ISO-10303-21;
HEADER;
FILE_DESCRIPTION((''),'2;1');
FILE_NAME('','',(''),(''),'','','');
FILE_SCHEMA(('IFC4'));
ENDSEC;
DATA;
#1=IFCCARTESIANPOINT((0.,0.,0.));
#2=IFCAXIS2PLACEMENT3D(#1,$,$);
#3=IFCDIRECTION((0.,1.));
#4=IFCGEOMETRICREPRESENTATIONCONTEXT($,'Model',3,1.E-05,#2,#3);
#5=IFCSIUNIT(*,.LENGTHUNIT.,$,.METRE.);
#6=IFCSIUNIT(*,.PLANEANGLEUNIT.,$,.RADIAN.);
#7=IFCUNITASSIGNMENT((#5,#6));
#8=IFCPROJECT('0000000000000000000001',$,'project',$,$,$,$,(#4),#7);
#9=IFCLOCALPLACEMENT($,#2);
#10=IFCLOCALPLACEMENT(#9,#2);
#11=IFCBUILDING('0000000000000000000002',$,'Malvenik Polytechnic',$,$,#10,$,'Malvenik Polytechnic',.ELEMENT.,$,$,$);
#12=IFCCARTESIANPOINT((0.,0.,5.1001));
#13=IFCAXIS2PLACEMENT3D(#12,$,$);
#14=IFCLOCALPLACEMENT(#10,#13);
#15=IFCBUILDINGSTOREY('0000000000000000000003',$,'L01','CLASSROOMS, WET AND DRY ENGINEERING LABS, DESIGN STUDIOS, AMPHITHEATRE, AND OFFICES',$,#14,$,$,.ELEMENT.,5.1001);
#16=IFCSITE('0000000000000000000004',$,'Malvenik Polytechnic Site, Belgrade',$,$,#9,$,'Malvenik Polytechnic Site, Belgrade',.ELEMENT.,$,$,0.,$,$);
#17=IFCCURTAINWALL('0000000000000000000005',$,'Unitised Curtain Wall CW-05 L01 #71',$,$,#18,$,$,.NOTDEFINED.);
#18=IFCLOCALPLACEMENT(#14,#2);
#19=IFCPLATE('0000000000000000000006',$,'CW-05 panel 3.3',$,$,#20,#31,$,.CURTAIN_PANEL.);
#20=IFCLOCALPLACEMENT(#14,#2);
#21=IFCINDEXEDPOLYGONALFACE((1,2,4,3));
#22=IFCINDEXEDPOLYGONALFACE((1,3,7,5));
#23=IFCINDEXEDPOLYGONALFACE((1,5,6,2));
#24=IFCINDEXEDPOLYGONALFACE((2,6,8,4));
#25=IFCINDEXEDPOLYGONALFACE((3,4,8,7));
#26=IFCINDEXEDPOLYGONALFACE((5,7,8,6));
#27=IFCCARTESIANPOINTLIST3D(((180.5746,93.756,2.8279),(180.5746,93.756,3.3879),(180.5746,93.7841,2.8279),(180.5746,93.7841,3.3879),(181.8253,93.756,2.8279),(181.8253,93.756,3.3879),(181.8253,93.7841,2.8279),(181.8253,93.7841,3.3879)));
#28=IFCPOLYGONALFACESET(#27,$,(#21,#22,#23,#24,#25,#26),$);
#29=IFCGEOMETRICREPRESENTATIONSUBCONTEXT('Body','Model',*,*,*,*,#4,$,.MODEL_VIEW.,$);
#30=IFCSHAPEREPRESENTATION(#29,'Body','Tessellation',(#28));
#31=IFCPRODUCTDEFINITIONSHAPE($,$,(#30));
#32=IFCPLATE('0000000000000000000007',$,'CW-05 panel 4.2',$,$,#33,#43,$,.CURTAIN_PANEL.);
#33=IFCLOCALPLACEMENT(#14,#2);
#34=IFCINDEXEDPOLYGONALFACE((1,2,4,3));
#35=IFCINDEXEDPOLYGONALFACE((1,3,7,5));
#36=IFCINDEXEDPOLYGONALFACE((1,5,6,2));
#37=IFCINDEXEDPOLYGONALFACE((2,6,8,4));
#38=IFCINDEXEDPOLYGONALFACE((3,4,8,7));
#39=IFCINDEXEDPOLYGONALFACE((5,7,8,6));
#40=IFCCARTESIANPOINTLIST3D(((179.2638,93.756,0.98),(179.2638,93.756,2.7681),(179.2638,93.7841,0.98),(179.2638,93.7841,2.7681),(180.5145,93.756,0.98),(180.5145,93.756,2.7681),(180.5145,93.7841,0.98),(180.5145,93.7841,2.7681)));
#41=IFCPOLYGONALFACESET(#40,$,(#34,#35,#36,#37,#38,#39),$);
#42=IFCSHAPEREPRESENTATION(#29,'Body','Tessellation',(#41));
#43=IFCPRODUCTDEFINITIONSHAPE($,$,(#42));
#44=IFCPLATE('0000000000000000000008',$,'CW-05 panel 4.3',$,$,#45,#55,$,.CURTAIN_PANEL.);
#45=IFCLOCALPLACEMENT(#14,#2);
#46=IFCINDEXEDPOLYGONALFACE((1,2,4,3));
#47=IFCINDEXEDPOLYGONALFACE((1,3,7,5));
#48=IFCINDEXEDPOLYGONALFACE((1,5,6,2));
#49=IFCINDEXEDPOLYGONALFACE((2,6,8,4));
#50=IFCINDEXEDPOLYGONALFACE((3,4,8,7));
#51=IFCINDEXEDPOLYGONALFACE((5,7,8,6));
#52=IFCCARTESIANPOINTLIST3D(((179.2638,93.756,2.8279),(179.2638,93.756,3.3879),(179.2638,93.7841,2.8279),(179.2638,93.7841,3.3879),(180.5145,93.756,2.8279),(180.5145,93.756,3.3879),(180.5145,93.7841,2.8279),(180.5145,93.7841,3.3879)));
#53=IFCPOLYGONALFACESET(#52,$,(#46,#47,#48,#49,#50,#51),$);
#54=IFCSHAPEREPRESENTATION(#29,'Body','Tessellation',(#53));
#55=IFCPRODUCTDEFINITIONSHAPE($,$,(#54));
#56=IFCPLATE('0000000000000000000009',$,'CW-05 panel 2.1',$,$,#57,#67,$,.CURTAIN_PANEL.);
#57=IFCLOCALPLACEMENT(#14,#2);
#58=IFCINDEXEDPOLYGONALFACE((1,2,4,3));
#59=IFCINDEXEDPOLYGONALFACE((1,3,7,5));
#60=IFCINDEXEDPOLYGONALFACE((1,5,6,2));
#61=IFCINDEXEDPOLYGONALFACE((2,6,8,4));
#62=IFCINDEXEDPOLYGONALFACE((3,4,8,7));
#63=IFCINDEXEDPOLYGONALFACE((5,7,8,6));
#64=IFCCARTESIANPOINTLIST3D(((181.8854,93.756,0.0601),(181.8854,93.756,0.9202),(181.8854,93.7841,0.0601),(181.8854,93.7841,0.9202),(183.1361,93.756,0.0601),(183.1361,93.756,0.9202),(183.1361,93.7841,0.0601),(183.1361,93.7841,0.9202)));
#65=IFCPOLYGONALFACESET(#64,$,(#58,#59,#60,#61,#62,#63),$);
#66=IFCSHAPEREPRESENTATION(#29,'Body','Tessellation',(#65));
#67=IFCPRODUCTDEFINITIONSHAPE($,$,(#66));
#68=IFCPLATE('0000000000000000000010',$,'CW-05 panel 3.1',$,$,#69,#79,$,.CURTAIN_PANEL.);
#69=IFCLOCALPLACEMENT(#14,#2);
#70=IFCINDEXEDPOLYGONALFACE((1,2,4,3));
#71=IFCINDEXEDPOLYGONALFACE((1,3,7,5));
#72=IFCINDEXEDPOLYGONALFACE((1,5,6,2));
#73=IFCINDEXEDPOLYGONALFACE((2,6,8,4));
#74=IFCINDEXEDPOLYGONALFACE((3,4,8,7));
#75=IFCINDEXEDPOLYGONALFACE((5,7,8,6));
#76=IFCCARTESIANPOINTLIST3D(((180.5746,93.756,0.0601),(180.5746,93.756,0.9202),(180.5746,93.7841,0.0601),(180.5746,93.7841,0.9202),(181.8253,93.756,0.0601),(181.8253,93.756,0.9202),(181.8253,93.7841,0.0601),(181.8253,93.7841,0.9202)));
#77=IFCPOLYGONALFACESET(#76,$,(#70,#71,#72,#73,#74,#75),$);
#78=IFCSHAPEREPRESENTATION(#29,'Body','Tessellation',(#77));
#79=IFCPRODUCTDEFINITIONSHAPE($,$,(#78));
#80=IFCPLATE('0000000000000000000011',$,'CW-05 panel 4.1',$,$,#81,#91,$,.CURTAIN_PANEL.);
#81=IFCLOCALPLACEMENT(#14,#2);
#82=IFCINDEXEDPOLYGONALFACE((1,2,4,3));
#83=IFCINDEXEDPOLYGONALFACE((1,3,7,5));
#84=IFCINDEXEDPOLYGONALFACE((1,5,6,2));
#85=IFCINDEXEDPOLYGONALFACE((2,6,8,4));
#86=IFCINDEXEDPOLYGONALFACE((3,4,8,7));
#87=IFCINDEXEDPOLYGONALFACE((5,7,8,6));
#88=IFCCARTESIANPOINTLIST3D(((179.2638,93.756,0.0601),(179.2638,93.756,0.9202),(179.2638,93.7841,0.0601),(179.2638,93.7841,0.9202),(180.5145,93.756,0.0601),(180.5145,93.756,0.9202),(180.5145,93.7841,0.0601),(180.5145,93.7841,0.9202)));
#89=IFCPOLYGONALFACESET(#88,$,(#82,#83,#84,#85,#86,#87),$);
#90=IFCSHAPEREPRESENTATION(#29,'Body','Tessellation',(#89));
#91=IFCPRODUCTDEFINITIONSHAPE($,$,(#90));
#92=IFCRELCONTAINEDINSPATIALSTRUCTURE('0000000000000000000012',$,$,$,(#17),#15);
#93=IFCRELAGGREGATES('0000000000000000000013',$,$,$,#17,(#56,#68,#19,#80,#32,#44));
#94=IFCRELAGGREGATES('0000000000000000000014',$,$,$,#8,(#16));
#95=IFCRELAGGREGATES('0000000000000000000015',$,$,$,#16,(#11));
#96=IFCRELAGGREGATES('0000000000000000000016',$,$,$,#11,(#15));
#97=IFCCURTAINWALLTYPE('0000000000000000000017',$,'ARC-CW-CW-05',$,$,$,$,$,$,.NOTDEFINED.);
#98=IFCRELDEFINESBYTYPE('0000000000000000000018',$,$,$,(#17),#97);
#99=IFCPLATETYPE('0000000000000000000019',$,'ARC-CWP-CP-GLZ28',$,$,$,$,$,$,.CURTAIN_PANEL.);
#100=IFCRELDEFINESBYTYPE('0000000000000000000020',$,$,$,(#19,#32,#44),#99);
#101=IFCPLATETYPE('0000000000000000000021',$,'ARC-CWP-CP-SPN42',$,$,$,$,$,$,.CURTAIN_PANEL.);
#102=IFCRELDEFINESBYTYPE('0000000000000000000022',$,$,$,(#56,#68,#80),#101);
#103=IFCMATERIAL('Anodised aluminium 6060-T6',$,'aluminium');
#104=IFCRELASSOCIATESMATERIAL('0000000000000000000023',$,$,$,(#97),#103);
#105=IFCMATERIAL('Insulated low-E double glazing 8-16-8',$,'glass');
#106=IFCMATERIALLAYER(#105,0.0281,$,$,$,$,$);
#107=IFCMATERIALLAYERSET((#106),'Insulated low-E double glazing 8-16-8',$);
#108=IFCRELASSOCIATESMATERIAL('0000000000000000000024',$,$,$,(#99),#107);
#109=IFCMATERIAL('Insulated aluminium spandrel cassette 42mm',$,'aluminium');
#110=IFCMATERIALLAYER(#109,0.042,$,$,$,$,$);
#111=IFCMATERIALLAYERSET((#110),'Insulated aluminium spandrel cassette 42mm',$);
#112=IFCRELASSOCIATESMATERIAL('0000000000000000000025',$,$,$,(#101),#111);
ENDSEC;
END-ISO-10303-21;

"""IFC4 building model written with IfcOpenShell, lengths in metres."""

from ifc_helpers import new_model, si_unit, direction, frame, origin, origin_2d, place, context, subcontext, project, spatial, rectangle, extrude, material, layer, layer_set, type_object, element, aggregate, save


model = new_model("IFC4")

# Units and contexts
model_context = context("Model", 3, precision=1e-05, world=origin(), true_north=direction((0.0, 1.0)))
body_context = subcontext(model_context, "Body", "Model", "MODEL_VIEW")
ifc_project = project(units=[si_unit("LENGTHUNIT", "METRE"), si_unit("PLANEANGLEUNIT", "RADIAN")], contexts=[model_context])

# Site, building, storey
site_placement = place(None, origin())
site = spatial("IfcSite", under=ifc_project, at=site_placement, Name="Malvenik Polytechnic Site, Belgrade", LongName="Malvenik Polytechnic Site, Belgrade", CompositionType="ELEMENT", RefElevation=0.0)
building_placement = place(site_placement, origin())
building = spatial("IfcBuilding", under=site, at=building_placement, Name="Malvenik Polytechnic", LongName="Malvenik Polytechnic", CompositionType="ELEMENT")
storey_placement = place(building_placement, frame((0.0, 0.0, 5.1001)))
storey = spatial("IfcBuildingStorey", under=building, at=storey_placement, Name="L01", Description="CLASSROOMS, WET AND DRY ENGINEERING LABS, DESIGN STUDIOS, AMPHITHEATRE, AND OFFICES", CompositionType="ELEMENT", Elevation=5.1001)

# Curtain wall, plates
ifc_material_1 = material(Name="Anodised aluminium 6060-T6", Category="aluminium")
curtain_wall_type = type_object("IfcCurtainWallType", Name="ARC-CW-CW-05", PredefinedType="NOTDEFINED", material=ifc_material_1)
curtain_wall_placement = place(storey_placement, origin())
curtain_wall = element("IfcCurtainWall", 1, at=curtain_wall_placement, inside=storey, type_object=curtain_wall_type, Name="Unitised Curtain Wall CW-05 L01 #71", PredefinedType="NOTDEFINED")
ifc_material_2 = material(Name="Insulated low-E double glazing 8-16-8", Category="glass")
ifc_layer_1 = layer(ifc_material_2, 0.0281)
ifc_layer_set_1 = layer_set([ifc_layer_1], Name="Insulated low-E double glazing 8-16-8")
plate_type_1 = type_object("IfcPlateType", Name="ARC-CWP-CP-GLZ28", PredefinedType="CURTAIN_PANEL", material=ifc_layer_set_1)
plate_1_placement = place(storey_placement, frame((181.2, 93.77, 2.8279), z_axis=(0.0, 0.0, 1.0), x_axis=(-1.0, 0.0, 0.0)))
plate_1 = element("IfcPlate", 2, at=plate_1_placement, type_object=plate_type_1, Name="CW-05 panel 3.3", PredefinedType="CURTAIN_PANEL", context=body_context, shape_type="SweptSolid", body=[
    extrude(rectangle(XDim=1.2507, YDim=0.0281, at=origin_2d()), origin(), (0.0, 0.0, 1.0), 0.5601),
])
plate_2_placement = place(storey_placement, frame((179.8892, 93.77, 0.98), z_axis=(0.0, 0.0, 1.0), x_axis=(-1.0, 0.0, 0.0)))
plate_2 = element("IfcPlate", 3, at=plate_2_placement, type_object=plate_type_1, Name="CW-05 panel 4.2", PredefinedType="CURTAIN_PANEL", context=body_context, shape_type="SweptSolid", body=[
    extrude(rectangle(XDim=1.2507, YDim=0.0281, at=origin_2d()), origin(), (0.0, 0.0, 1.0), 1.7881),
])
plate_3_placement = place(storey_placement, frame((179.8892, 93.77, 2.8279), z_axis=(0.0, 0.0, 1.0), x_axis=(-1.0, 0.0, 0.0)))
plate_3 = element("IfcPlate", 4, at=plate_3_placement, type_object=plate_type_1, Name="CW-05 panel 4.3", PredefinedType="CURTAIN_PANEL", context=body_context, shape_type="SweptSolid", body=[
    extrude(rectangle(XDim=1.2507, YDim=0.0281, at=origin_2d()), origin(), (0.0, 0.0, 1.0), 0.5601),
])
ifc_material_3 = material(Name="Insulated aluminium spandrel cassette 42mm", Category="aluminium")
ifc_layer_2 = layer(ifc_material_3, 0.042)
ifc_layer_set_2 = layer_set([ifc_layer_2], Name="Insulated aluminium spandrel cassette 42mm")
plate_type_2 = type_object("IfcPlateType", Name="ARC-CWP-CP-SPN42", PredefinedType="CURTAIN_PANEL", material=ifc_layer_set_2)
plate_4_placement = place(storey_placement, frame((182.5107, 93.77, 0.0601), z_axis=(0.0, 0.0, 1.0), x_axis=(-1.0, 0.0, 0.0)))
plate_4 = element("IfcPlate", 5, at=plate_4_placement, type_object=plate_type_2, Name="CW-05 panel 2.1", PredefinedType="CURTAIN_PANEL", context=body_context, shape_type="SweptSolid", body=[
    extrude(rectangle(XDim=1.2507, YDim=0.0281, at=origin_2d()), origin(), (0.0, 0.0, 1.0), 0.8601),
])
plate_5_placement = place(storey_placement, frame((181.2, 93.77, 0.0601), z_axis=(0.0, 0.0, 1.0), x_axis=(-1.0, 0.0, 0.0)))
plate_5 = element("IfcPlate", 6, at=plate_5_placement, type_object=plate_type_2, Name="CW-05 panel 3.1", PredefinedType="CURTAIN_PANEL", context=body_context, shape_type="SweptSolid", body=[
    extrude(rectangle(XDim=1.2507, YDim=0.0281, at=origin_2d()), origin(), (0.0, 0.0, 1.0), 0.8601),
])
plate_6_placement = place(storey_placement, frame((179.8892, 93.77, 0.0601), z_axis=(0.0, 0.0, 1.0), x_axis=(-1.0, 0.0, 0.0)))
plate_6 = element("IfcPlate", 7, at=plate_6_placement, type_object=plate_type_2, Name="CW-05 panel 4.1", PredefinedType="CURTAIN_PANEL", context=body_context, shape_type="SweptSolid", body=[
    extrude(rectangle(XDim=1.2507, YDim=0.0281, at=origin_2d()), origin(), (0.0, 0.0, 1.0), 0.8601),
])
aggregate(curtain_wall, [plate_4, plate_5, plate_1, plate_6, plate_2, plate_3])

save(model, "model.ifc")
